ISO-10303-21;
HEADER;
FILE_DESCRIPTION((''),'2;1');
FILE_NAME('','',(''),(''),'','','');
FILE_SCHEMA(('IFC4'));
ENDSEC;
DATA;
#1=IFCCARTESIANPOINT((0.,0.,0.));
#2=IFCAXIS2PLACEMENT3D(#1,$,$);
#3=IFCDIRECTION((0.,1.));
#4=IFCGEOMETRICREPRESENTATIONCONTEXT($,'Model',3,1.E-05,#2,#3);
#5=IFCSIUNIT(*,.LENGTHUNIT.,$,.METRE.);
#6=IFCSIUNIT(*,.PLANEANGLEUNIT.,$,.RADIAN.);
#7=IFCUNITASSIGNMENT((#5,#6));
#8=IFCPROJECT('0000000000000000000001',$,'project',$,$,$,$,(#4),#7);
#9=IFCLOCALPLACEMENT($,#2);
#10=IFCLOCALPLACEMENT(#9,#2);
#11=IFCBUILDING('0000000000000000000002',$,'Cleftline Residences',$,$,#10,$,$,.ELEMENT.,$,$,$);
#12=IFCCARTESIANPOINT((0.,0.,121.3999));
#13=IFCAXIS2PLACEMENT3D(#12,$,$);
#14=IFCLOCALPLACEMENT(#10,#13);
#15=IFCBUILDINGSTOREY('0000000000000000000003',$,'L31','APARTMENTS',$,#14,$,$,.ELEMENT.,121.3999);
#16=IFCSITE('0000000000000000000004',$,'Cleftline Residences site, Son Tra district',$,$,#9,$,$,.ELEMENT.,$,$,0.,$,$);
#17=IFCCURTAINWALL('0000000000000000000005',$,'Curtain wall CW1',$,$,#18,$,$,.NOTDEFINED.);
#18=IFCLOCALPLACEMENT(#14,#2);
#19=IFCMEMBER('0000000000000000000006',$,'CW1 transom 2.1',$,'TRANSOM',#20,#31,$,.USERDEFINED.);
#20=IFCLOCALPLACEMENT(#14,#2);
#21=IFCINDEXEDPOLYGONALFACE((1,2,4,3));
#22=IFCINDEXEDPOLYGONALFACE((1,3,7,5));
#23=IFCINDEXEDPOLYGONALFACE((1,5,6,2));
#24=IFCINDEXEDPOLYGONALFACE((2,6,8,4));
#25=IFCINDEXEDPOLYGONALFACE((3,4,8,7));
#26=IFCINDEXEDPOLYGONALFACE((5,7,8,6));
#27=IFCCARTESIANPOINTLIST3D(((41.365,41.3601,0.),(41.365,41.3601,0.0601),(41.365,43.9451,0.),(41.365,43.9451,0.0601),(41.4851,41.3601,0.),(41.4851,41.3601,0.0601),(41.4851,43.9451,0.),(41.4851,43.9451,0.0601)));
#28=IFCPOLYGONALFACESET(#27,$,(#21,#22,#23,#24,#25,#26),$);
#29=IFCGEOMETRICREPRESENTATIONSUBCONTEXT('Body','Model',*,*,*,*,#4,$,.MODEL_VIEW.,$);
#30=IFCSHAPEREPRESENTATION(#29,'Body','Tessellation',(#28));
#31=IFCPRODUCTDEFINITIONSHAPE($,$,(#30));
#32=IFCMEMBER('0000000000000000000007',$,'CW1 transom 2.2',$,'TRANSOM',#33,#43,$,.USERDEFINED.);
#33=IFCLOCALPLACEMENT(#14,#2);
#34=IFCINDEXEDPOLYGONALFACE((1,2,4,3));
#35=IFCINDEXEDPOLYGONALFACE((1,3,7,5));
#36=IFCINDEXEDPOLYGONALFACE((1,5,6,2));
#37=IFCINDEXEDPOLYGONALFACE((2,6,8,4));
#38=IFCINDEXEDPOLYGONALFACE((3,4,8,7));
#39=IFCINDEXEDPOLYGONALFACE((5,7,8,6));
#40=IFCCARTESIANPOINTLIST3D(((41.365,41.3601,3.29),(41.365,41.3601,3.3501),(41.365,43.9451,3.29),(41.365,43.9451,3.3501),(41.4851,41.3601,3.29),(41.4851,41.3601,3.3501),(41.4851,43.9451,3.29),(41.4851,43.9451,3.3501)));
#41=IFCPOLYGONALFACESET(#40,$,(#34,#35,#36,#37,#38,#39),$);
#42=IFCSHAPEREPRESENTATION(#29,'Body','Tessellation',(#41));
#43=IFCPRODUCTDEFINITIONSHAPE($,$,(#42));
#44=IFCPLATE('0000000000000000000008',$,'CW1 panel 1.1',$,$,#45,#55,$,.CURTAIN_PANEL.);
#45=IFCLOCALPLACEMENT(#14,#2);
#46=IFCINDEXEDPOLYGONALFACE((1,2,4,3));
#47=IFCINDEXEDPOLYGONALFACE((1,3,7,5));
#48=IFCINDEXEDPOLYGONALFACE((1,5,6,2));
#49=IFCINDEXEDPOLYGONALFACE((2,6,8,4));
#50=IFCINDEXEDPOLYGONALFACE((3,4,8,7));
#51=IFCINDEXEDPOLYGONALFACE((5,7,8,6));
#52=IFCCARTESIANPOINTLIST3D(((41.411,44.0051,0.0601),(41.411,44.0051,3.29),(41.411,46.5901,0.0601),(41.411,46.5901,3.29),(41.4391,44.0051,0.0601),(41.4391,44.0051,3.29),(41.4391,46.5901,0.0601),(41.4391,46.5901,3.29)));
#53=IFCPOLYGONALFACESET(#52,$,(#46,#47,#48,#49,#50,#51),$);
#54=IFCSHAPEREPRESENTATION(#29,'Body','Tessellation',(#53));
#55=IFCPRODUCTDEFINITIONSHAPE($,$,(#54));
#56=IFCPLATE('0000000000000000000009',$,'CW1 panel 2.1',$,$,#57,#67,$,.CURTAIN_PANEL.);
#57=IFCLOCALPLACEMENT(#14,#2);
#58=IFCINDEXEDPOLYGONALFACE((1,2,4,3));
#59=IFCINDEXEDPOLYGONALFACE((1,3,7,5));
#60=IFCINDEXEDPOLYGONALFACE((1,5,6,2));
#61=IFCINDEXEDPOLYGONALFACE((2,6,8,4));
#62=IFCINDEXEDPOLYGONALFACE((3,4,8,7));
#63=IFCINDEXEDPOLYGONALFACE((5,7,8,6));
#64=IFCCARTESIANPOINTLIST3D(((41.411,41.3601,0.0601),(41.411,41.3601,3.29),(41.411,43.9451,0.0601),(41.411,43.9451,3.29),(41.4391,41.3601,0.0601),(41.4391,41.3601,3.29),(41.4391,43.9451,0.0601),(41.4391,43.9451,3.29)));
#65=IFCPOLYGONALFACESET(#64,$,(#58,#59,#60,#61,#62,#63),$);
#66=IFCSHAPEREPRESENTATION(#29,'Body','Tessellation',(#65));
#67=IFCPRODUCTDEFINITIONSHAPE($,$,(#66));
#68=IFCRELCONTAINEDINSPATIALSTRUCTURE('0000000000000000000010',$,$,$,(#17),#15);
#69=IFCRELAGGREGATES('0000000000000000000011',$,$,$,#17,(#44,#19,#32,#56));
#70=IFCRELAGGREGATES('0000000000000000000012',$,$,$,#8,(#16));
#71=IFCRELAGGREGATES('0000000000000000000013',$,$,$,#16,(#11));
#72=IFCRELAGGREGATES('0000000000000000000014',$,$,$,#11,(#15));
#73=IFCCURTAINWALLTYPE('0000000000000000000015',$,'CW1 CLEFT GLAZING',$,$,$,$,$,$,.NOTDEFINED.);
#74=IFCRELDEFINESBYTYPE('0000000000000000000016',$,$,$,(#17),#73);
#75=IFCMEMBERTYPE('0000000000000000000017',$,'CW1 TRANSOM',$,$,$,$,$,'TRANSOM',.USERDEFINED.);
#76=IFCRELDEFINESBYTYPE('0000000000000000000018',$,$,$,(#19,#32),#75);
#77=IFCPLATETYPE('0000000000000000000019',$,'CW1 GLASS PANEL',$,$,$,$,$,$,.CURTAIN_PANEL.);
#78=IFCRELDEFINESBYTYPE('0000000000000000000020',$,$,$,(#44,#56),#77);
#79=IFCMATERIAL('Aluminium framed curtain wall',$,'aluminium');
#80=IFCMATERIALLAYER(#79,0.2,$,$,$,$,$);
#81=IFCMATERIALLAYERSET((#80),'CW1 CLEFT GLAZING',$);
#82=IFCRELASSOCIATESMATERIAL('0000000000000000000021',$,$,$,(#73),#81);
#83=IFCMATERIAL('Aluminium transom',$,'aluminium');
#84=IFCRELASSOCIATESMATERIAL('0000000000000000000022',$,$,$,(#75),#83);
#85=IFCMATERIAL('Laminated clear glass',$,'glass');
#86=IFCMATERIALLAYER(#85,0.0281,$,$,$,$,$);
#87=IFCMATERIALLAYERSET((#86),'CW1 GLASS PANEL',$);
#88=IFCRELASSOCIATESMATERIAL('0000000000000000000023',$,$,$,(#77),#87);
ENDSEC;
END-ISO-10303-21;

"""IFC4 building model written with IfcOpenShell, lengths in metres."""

from ifc_helpers import new_model, si_unit, direction, frame, origin, origin_2d, place, context, subcontext, project, spatial, rectangle, extrude, material, layer, layer_set, material_profile, profile_set, type_object, element, aggregate, save


model = new_model("IFC4")

# Units and contexts
model_context = context("Model", 3, precision=1e-05, world=origin(), true_north=direction((0.0, 1.0)))
body_context = subcontext(model_context, "Body", "Model", "MODEL_VIEW")
ifc_project = project(units=[si_unit("LENGTHUNIT", "METRE"), si_unit("PLANEANGLEUNIT", "RADIAN")], contexts=[model_context])

# Site, building, storey
site_placement = place(None, origin())
site = spatial("IfcSite", under=ifc_project, at=site_placement, Name="Cleftline Residences site, Son Tra district", CompositionType="ELEMENT", RefElevation=0.0)
building_placement = place(site_placement, origin())
building = spatial("IfcBuilding", under=site, at=building_placement, Name="Cleftline Residences", CompositionType="ELEMENT")
storey_placement = place(building_placement, frame((0.0, 0.0, 121.3999)))
storey = spatial("IfcBuildingStorey", under=building, at=storey_placement, Name="L31", Description="APARTMENTS", CompositionType="ELEMENT", Elevation=121.3999)

# Curtain wall, members, plates
ifc_material_1 = material(Name="Aluminium framed curtain wall", Category="aluminium")
ifc_layer_1 = layer(ifc_material_1, 0.2)
ifc_layer_set_1 = layer_set([ifc_layer_1], Name="CW1 CLEFT GLAZING")
curtain_wall_type = type_object("IfcCurtainWallType", Name="CW1 CLEFT GLAZING", PredefinedType="NOTDEFINED", material=ifc_layer_set_1)
curtain_wall_placement = place(storey_placement, origin())
curtain_wall = element("IfcCurtainWall", 1, at=curtain_wall_placement, inside=storey, type_object=curtain_wall_type, Name="Curtain wall CW1", PredefinedType="NOTDEFINED")
ifc_material_2 = material(Name="Aluminium transom", Category="aluminium")
ifc_material_profile_1 = material_profile(ifc_material_2, rectangle(XDim=0.1201, YDim=0.0601, at=origin_2d()))
ifc_profile_set_1 = profile_set([ifc_material_profile_1], Name="Aluminium transom")
member_type_1 = type_object("IfcMemberType", Name="CW1 TRANSOM", ElementType="TRANSOM", PredefinedType="USERDEFINED", material=ifc_profile_set_1)
member_1_placement = place(storey_placement, frame((41.425, 43.9451, 0.03), z_axis=(0.0, -1.0, 0.0), x_axis=(1.0, 0.0, 0.0)))
member_1 = element("IfcMember", 2, at=member_1_placement, type_object=member_type_1, Name="CW1 transom 2.1", ObjectType="TRANSOM", PredefinedType="USERDEFINED", context=body_context, shape_type="SweptSolid", body=[
    extrude(rectangle(XDim=0.1201, YDim=0.0601, at=origin_2d()), origin(), (0.0, 0.0, 1.0), 2.585),
])
member_2_placement = place(storey_placement, frame((41.425, 43.9451, 3.3201), z_axis=(0.0, -1.0, 0.0), x_axis=(1.0, 0.0, 0.0)))
member_2 = element("IfcMember", 3, at=member_2_placement, type_object=member_type_1, Name="CW1 transom 2.2", ObjectType="TRANSOM", PredefinedType="USERDEFINED", context=body_context, shape_type="SweptSolid", body=[
    extrude(rectangle(XDim=0.1201, YDim=0.0601, at=origin_2d()), origin(), (0.0, 0.0, 1.0), 2.585),
])
ifc_material_3 = material(Name="Laminated clear glass", Category="glass")
ifc_layer_2 = layer(ifc_material_3, 0.0281)
ifc_layer_set_2 = layer_set([ifc_layer_2], Name="CW1 GLASS PANEL")
plate_type = type_object("IfcPlateType", Name="CW1 GLASS PANEL", PredefinedType="CURTAIN_PANEL", material=ifc_layer_set_2)
plate_1_placement = place(storey_placement, frame((41.425, 45.2976, 0.0601), z_axis=(0.0, 0.0, 1.0), x_axis=(0.0, -1.0, 0.0)))
plate_1 = element("IfcPlate", 4, at=plate_1_placement, type_object=plate_type, Name="CW1 panel 1.1", PredefinedType="CURTAIN_PANEL", context=body_context, shape_type="SweptSolid", body=[
    extrude(rectangle(XDim=2.585, YDim=0.0281, at=origin_2d()), origin(), (0.0, 0.0, 1.0), 3.23),
])
plate_2_placement = place(storey_placement, frame((41.425, 42.6526, 0.0601), z_axis=(0.0, 0.0, 1.0), x_axis=(0.0, -1.0, 0.0)))
plate_2 = element("IfcPlate", 5, at=plate_2_placement, type_object=plate_type, Name="CW1 panel 2.1", PredefinedType="CURTAIN_PANEL", context=body_context, shape_type="SweptSolid", body=[
    extrude(rectangle(XDim=2.585, YDim=0.0281, at=origin_2d()), origin(), (0.0, 0.0, 1.0), 3.23),
])
aggregate(curtain_wall, [plate_1, member_1, member_2, plate_2])

save(model, "model.ifc")
